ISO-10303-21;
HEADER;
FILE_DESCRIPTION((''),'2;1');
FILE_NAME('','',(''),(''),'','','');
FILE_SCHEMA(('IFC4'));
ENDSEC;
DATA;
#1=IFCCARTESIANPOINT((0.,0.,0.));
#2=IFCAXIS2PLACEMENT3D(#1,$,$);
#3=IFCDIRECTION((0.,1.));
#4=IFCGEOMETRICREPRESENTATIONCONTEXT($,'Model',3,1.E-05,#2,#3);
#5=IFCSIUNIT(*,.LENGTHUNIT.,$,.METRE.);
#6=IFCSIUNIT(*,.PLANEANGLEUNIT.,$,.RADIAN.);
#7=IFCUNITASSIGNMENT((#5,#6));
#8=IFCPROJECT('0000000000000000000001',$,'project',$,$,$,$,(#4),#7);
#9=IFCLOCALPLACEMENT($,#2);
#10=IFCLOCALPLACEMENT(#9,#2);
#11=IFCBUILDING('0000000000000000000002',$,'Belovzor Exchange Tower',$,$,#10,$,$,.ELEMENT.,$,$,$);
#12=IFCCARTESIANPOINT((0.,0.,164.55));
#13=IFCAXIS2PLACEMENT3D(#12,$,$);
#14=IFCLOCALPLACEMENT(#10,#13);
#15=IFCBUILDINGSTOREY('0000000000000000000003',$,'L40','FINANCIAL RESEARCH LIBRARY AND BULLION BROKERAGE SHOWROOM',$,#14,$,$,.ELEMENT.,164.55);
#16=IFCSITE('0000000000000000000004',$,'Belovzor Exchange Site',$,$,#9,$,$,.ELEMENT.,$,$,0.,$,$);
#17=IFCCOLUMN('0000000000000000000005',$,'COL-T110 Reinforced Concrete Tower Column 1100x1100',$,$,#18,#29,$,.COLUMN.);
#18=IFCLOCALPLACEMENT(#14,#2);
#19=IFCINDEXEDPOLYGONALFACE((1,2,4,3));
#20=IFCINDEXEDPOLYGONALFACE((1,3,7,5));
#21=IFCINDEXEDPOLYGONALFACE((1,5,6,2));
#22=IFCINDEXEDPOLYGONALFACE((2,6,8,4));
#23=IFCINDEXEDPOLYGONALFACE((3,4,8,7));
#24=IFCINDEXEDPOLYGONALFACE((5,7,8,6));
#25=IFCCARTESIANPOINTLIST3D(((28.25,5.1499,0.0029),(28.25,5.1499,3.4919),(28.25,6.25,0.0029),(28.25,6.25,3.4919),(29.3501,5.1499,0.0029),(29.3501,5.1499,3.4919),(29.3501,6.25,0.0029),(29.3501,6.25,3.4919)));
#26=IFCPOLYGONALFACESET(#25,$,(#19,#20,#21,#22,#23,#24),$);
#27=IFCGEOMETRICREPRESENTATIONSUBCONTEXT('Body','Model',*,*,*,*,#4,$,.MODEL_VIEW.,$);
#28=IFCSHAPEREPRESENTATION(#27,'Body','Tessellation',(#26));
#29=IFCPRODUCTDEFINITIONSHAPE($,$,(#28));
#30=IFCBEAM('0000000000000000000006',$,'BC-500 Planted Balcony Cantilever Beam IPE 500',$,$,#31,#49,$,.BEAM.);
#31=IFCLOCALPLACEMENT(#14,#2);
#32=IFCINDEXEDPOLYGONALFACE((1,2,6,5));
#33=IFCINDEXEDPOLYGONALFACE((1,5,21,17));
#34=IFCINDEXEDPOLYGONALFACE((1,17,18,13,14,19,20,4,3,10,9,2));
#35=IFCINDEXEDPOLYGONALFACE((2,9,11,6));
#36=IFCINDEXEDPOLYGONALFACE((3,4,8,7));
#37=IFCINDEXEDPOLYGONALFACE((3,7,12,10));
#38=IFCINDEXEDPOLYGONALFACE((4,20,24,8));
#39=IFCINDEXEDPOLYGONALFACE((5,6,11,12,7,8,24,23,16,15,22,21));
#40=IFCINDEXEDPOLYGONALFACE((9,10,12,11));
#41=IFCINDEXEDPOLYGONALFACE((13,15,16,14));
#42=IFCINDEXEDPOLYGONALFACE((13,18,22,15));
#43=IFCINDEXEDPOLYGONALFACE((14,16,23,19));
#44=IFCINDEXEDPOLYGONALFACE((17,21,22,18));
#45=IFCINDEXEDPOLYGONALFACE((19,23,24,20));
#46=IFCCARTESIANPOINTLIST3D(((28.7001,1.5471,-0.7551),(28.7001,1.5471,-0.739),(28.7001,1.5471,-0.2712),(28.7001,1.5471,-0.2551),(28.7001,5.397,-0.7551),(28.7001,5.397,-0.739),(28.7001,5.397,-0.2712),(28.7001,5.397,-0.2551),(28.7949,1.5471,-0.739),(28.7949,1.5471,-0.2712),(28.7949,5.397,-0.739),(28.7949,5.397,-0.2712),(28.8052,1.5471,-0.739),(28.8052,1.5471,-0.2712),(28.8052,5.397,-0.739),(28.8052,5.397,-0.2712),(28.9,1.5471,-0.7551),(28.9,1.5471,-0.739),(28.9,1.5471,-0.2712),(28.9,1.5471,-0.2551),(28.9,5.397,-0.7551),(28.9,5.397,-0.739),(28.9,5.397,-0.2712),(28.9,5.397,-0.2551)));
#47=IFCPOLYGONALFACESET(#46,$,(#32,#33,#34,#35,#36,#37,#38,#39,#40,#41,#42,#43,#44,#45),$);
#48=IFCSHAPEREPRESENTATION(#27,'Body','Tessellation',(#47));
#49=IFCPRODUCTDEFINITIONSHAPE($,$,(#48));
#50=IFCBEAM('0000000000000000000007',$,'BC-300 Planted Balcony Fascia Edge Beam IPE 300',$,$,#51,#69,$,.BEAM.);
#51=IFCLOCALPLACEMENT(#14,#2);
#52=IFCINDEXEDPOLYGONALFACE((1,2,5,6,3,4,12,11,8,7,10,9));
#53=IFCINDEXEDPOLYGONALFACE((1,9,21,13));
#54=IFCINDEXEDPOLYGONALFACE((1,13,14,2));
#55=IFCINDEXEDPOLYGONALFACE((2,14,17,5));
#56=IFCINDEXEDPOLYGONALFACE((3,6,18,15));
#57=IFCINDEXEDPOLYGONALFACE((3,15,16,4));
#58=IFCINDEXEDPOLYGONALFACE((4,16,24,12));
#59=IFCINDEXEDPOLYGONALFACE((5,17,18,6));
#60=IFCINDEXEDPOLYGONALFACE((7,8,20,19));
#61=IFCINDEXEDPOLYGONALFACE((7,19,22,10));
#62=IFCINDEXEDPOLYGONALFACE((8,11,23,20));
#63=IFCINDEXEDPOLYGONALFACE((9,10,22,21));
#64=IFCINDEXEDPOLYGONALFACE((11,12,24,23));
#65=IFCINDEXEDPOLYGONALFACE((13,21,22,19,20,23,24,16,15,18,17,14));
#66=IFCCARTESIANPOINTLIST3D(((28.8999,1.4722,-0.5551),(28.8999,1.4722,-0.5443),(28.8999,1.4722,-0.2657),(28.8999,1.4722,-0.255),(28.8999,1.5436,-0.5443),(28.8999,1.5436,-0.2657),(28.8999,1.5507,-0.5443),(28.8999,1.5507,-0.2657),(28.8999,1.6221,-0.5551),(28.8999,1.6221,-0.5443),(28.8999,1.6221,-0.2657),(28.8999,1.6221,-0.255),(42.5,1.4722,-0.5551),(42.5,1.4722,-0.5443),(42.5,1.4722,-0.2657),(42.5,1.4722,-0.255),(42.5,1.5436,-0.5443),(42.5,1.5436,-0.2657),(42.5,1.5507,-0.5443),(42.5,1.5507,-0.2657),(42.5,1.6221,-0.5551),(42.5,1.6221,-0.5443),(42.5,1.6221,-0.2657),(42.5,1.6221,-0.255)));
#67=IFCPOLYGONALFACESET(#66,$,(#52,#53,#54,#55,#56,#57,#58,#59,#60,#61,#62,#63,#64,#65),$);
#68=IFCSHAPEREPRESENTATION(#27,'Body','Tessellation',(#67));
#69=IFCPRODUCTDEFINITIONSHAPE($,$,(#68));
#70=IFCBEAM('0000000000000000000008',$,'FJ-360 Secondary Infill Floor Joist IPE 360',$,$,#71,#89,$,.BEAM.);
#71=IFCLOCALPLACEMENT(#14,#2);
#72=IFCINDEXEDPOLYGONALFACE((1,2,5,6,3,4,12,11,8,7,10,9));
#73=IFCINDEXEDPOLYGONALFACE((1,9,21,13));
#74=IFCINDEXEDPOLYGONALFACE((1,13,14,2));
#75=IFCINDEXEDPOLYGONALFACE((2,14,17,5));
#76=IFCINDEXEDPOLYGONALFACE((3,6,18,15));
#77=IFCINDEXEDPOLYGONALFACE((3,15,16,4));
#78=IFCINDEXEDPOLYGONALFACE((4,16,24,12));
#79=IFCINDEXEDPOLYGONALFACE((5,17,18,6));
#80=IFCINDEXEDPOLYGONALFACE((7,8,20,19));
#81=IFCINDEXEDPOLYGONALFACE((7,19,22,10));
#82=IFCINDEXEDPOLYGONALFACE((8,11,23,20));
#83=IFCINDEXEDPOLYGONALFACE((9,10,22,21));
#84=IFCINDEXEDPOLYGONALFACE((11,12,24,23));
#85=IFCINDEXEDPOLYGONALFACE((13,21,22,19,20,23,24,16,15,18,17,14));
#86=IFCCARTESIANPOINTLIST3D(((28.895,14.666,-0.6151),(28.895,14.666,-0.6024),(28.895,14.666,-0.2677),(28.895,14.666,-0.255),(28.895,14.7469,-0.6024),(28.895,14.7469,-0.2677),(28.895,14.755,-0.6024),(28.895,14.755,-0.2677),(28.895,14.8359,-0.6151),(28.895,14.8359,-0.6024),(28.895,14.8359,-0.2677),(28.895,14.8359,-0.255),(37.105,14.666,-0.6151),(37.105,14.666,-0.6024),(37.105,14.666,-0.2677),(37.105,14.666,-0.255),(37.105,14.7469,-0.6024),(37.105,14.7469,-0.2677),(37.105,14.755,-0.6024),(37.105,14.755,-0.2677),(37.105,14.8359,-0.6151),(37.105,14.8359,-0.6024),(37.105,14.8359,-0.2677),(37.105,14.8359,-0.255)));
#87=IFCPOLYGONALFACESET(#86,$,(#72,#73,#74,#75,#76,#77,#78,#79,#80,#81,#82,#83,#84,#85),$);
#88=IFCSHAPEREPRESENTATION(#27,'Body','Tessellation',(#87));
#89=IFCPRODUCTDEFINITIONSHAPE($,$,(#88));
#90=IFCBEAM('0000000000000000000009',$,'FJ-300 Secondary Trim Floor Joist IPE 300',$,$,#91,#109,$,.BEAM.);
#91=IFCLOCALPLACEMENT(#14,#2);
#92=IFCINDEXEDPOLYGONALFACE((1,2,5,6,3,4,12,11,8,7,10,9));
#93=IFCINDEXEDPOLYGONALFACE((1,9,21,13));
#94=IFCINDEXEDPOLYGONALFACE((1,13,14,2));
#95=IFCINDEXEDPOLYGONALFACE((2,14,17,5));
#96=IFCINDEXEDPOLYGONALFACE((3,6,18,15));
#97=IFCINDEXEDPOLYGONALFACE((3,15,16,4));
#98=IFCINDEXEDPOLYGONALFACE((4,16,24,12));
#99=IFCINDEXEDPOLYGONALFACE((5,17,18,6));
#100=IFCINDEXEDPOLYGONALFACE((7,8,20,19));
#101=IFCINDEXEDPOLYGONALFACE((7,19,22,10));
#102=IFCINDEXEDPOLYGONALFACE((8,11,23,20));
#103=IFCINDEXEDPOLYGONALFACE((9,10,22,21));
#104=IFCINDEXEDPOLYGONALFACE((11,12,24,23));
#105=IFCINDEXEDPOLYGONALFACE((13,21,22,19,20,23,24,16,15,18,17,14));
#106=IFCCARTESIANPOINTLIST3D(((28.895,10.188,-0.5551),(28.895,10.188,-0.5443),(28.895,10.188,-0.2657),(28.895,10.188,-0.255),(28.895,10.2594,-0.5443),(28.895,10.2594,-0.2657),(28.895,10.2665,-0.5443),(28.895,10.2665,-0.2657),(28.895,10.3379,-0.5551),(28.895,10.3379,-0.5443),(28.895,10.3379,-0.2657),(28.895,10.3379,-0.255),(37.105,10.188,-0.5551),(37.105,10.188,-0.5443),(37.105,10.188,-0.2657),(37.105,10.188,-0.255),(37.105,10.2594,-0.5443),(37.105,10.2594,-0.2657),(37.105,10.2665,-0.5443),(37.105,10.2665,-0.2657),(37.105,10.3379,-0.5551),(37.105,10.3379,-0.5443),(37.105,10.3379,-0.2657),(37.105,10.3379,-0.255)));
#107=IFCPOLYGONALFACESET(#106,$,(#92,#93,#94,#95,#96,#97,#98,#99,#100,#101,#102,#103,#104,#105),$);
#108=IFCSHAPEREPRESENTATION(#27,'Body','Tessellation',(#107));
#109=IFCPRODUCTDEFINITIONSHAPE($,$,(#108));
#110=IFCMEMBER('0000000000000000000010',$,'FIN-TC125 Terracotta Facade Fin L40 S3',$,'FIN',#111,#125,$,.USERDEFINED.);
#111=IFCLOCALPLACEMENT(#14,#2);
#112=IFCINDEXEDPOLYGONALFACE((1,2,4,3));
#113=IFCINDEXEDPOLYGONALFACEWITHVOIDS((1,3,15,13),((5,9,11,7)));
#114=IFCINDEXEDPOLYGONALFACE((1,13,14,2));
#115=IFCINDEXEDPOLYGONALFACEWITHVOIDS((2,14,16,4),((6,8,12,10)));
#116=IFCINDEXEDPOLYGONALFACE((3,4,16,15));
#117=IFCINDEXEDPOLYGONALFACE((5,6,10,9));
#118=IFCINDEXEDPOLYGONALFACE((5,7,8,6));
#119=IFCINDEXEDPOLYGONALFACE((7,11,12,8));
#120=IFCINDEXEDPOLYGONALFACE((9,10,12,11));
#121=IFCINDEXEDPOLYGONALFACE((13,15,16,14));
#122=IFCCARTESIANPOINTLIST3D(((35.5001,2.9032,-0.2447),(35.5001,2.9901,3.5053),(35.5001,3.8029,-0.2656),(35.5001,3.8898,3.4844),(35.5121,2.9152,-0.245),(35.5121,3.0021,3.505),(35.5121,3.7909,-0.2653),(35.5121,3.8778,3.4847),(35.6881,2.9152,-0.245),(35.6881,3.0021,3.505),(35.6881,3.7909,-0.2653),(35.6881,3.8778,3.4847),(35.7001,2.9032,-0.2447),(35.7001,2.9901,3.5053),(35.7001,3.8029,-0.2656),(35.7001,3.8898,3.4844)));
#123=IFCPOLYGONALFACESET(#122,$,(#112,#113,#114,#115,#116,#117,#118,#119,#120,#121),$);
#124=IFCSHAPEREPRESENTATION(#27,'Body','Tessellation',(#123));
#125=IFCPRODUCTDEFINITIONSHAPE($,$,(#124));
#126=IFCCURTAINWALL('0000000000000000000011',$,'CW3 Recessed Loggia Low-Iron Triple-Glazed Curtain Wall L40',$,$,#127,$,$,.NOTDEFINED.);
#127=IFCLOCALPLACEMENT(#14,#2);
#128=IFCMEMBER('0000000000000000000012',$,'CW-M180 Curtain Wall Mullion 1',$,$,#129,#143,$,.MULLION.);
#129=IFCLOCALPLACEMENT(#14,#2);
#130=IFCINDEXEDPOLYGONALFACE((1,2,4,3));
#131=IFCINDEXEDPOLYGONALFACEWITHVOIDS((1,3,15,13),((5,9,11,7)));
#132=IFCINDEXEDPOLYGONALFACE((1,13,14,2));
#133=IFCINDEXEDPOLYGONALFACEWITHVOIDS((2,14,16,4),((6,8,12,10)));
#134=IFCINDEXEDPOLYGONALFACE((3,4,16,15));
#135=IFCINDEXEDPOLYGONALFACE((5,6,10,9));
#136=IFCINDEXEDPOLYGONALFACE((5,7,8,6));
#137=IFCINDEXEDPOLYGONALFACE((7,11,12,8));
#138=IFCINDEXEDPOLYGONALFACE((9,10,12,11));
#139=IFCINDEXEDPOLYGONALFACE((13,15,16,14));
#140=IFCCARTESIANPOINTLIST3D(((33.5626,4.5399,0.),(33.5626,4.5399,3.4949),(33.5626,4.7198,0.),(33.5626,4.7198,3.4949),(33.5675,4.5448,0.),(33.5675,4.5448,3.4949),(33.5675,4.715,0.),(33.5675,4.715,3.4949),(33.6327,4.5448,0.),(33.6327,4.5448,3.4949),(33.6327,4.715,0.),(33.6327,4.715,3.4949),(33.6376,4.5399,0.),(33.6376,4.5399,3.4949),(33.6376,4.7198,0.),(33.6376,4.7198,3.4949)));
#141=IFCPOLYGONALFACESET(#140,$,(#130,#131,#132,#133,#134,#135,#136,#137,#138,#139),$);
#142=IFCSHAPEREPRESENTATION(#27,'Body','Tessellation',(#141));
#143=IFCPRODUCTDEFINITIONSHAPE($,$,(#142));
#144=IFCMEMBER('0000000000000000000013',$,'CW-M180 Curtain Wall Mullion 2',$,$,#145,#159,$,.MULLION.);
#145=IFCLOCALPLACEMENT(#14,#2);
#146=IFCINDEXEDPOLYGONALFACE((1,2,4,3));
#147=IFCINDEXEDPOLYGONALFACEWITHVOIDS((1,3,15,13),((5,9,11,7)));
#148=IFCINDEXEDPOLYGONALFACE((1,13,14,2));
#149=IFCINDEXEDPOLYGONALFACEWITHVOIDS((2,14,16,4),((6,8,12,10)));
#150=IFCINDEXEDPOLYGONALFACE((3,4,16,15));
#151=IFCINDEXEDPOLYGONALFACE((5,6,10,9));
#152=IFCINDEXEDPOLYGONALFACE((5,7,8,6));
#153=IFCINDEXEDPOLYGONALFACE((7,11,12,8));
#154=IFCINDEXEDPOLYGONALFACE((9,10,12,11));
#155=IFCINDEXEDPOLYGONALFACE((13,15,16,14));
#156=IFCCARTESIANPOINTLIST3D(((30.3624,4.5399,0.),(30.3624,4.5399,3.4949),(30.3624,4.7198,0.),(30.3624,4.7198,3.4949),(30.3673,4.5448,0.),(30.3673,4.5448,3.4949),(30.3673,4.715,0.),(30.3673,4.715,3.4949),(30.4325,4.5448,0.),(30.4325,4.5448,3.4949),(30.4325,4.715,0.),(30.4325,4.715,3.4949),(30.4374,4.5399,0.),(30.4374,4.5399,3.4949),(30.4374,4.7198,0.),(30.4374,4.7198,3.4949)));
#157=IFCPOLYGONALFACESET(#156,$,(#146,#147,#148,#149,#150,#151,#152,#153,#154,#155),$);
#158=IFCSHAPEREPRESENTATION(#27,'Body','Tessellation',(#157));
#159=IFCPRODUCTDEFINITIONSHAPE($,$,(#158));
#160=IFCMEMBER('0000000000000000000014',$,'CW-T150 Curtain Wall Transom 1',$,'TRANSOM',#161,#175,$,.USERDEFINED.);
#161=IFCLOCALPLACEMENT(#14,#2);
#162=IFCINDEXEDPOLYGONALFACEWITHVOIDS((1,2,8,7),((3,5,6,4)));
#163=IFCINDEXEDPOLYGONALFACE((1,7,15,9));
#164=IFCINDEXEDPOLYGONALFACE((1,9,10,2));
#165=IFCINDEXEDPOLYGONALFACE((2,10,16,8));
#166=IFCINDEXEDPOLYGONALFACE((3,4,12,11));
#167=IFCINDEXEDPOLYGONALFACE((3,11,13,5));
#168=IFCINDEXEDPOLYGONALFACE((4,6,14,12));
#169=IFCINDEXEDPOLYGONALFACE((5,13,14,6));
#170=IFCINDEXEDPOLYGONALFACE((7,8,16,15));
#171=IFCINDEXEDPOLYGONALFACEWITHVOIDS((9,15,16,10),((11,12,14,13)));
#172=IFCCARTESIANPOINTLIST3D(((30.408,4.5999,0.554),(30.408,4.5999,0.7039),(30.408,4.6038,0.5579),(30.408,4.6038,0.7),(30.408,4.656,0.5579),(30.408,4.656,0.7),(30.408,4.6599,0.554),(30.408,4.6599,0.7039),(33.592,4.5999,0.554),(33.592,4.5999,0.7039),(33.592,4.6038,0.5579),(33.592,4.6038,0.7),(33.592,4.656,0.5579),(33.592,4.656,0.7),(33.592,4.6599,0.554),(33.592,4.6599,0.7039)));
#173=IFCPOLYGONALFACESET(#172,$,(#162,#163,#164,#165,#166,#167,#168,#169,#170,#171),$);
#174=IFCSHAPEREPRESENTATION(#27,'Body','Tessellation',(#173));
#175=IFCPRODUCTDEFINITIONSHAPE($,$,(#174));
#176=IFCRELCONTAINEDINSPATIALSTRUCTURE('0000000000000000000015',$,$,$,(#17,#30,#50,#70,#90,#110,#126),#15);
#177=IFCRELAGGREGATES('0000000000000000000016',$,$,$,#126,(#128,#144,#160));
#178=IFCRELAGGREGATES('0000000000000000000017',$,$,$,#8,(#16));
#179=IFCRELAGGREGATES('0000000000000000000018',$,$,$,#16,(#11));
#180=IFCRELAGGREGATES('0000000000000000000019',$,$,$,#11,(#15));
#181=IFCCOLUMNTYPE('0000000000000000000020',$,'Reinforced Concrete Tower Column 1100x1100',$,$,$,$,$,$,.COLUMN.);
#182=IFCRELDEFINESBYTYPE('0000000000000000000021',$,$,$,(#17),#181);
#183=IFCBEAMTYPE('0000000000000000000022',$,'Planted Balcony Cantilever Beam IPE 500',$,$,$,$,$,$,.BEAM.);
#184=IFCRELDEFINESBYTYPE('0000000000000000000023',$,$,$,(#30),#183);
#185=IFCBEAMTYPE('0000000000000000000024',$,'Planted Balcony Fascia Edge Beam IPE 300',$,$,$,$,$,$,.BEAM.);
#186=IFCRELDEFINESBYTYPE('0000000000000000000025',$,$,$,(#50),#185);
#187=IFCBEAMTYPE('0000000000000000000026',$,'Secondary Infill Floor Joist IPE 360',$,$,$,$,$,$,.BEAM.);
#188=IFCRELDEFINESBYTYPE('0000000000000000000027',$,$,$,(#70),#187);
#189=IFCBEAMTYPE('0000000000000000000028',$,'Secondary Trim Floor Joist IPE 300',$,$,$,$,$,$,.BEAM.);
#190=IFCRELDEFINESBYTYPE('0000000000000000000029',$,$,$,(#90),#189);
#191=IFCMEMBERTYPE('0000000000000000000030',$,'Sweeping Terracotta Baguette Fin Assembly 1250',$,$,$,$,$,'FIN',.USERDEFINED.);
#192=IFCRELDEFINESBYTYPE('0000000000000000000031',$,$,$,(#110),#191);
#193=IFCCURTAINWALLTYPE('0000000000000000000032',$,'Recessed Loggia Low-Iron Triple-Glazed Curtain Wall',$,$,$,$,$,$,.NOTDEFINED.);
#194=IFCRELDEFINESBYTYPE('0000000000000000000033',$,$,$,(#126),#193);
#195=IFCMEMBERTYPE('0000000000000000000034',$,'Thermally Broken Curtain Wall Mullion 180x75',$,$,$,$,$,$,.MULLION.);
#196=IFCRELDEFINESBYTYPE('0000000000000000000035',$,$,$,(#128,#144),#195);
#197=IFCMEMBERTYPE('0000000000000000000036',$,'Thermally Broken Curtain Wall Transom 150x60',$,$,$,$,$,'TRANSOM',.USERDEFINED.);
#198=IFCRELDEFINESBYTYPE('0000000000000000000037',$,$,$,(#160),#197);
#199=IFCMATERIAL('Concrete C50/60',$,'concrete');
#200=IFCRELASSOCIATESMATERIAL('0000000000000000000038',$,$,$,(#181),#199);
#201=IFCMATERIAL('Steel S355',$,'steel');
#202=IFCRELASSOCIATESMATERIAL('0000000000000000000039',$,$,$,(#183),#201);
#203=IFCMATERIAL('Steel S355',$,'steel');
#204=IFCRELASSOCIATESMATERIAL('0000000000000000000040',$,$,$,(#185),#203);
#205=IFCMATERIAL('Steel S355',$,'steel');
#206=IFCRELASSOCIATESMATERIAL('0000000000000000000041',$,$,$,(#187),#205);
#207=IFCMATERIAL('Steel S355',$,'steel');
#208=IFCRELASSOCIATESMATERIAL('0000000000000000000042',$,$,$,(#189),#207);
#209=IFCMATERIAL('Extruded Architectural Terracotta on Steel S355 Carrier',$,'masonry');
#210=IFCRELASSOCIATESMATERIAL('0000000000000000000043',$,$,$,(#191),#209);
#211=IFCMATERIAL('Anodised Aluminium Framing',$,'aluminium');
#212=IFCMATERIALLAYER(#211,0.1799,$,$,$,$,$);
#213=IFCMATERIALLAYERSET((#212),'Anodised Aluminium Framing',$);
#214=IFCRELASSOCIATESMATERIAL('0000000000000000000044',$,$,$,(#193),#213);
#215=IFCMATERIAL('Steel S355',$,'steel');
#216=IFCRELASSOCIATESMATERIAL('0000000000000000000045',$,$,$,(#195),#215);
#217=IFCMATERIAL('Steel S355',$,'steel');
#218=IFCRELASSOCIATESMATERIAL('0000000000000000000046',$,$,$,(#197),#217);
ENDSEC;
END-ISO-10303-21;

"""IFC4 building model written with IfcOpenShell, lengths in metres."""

from ifc_helpers import new_model, si_unit, direction, frame, origin, origin_2d, place, context, subcontext, project, spatial, rectangle, hollow_rectangle, i_section, extrude, material, layer, layer_set, material_profile, profile_set, type_object, element, aggregate, save


model = new_model("IFC4")

# Units and contexts
model_context = context("Model", 3, precision=1e-05, world=origin(), true_north=direction((0.0, 1.0)))
body_context = subcontext(model_context, "Body", "Model", "MODEL_VIEW")
ifc_project = project(units=[si_unit("LENGTHUNIT", "METRE"), si_unit("PLANEANGLEUNIT", "RADIAN")], contexts=[model_context])

# Site, building, storey
site_placement = place(None, origin())
site = spatial("IfcSite", under=ifc_project, at=site_placement, Name="Belovzor Exchange Site", CompositionType="ELEMENT", RefElevation=0.0)
building_placement = place(site_placement, origin())
building = spatial("IfcBuilding", under=site, at=building_placement, Name="Belovzor Exchange Tower", CompositionType="ELEMENT")
storey_placement = place(building_placement, frame((0.0, 0.0, 164.55)))
storey = spatial("IfcBuildingStorey", under=building, at=storey_placement, Name="L40", Description="FINANCIAL RESEARCH LIBRARY AND BULLION BROKERAGE SHOWROOM", CompositionType="ELEMENT", Elevation=164.55)

# Column
ifc_material_1 = material(Name="Concrete C50/60", Category="concrete")
ifc_material_profile_1 = material_profile(ifc_material_1, rectangle(XDim=1.1001, YDim=1.1001, at=origin_2d()))
ifc_profile_set_1 = profile_set([ifc_material_profile_1], Name="Concrete C50/60")
column_type = type_object("IfcColumnType", Name="Reinforced Concrete Tower Column 1100x1100", PredefinedType="COLUMN", material=ifc_profile_set_1)
column_placement = place(storey_placement, frame((28.8, 5.7, 0.0029), z_axis=(0.0, 0.0, 1.0), x_axis=(1.0, 0.0, 0.0)))
element("IfcColumn", 1, at=column_placement, inside=storey, type_object=column_type, Name="COL-T110 Reinforced Concrete Tower Column 1100x1100", PredefinedType="COLUMN", context=body_context, shape_type="SweptSolid", body=[
    extrude(rectangle(XDim=1.1001, YDim=1.1001, at=origin_2d()), origin(), (0.0, 0.0, 1.0), 3.489),
])

# Beams
ifc_material_2 = material(Name="Steel S355", Category="steel")
ifc_material_profile_2 = material_profile(ifc_material_2, i_section(OverallWidth=0.2, OverallDepth=0.5, WebThickness=0.0103, FlangeThickness=0.0161, at=origin_2d()))
ifc_profile_set_2 = profile_set([ifc_material_profile_2], Name="Steel S355")
beam_type_1 = type_object("IfcBeamType", Name="Planted Balcony Cantilever Beam IPE 500", PredefinedType="BEAM", material=ifc_profile_set_2)
beam_1_placement = place(storey_placement, frame((28.8, 5.397, -0.5051), z_axis=(0.0, -1.0, 0.0), x_axis=(1.0, 0.0, 0.0)))
element("IfcBeam", 2, at=beam_1_placement, inside=storey, type_object=beam_type_1, Name="BC-500 Planted Balcony Cantilever Beam IPE 500", PredefinedType="BEAM", context=body_context, shape_type="SweptSolid", body=[
    extrude(i_section(OverallWidth=0.2, OverallDepth=0.5, WebThickness=0.0103, FlangeThickness=0.0161, at=origin_2d()), origin(), (0.0, 0.0, 1.0), 3.8499),
])
ifc_material_3 = material(Name="Steel S355", Category="steel")
ifc_material_profile_3 = material_profile(ifc_material_3, i_section(OverallWidth=0.1499, OverallDepth=0.3, WebThickness=0.0071, FlangeThickness=0.0107, at=origin_2d()))
ifc_profile_set_3 = profile_set([ifc_material_profile_3], Name="Steel S355")
beam_type_2 = type_object("IfcBeamType", Name="Planted Balcony Fascia Edge Beam IPE 300", PredefinedType="BEAM", material=ifc_profile_set_3)
beam_2_placement = place(storey_placement, frame((28.8999, 1.5471, -0.405), z_axis=(1.0, 0.0, 0.0), x_axis=(0.0, 1.0, 0.0)))
element("IfcBeam", 3, at=beam_2_placement, inside=storey, type_object=beam_type_2, Name="BC-300 Planted Balcony Fascia Edge Beam IPE 300", PredefinedType="BEAM", context=body_context, shape_type="SweptSolid", body=[
    extrude(i_section(OverallWidth=0.1499, OverallDepth=0.3, WebThickness=0.0071, FlangeThickness=0.0107, at=origin_2d()), origin(), (0.0, 0.0, 1.0), 13.6001),
])
ifc_material_4 = material(Name="Steel S355", Category="steel")
ifc_material_profile_4 = material_profile(ifc_material_4, i_section(OverallWidth=0.1699, OverallDepth=0.3601, WebThickness=0.0081, FlangeThickness=0.0127, at=origin_2d()))
ifc_profile_set_4 = profile_set([ifc_material_profile_4], Name="Steel S355")
beam_type_3 = type_object("IfcBeamType", Name="Secondary Infill Floor Joist IPE 360", PredefinedType="BEAM", material=ifc_profile_set_4)
beam_3_placement = place(storey_placement, frame((28.895, 14.751, -0.4351), z_axis=(1.0, 0.0, 0.0), x_axis=(0.0, 1.0, 0.0)))
element("IfcBeam", 4, at=beam_3_placement, inside=storey, type_object=beam_type_3, Name="FJ-360 Secondary Infill Floor Joist IPE 360", PredefinedType="BEAM", context=body_context, shape_type="SweptSolid", body=[
    extrude(i_section(OverallWidth=0.1699, OverallDepth=0.3601, WebThickness=0.0081, FlangeThickness=0.0127, at=origin_2d()), origin(), (0.0, 0.0, 1.0), 8.21),
])
ifc_material_5 = material(Name="Steel S355", Category="steel")
ifc_material_profile_5 = material_profile(ifc_material_5, i_section(OverallWidth=0.1499, OverallDepth=0.3, WebThickness=0.0071, FlangeThickness=0.0107, at=origin_2d()))
ifc_profile_set_5 = profile_set([ifc_material_profile_5], Name="Steel S355")
beam_type_4 = type_object("IfcBeamType", Name="Secondary Trim Floor Joist IPE 300", PredefinedType="BEAM", material=ifc_profile_set_5)
beam_4_placement = place(storey_placement, frame((28.895, 10.2629, -0.405), z_axis=(1.0, 0.0, 0.0), x_axis=(0.0, 1.0, 0.0)))
element("IfcBeam", 5, at=beam_4_placement, inside=storey, type_object=beam_type_4, Name="FJ-300 Secondary Trim Floor Joist IPE 300", PredefinedType="BEAM", context=body_context, shape_type="SweptSolid", body=[
    extrude(i_section(OverallWidth=0.1499, OverallDepth=0.3, WebThickness=0.0071, FlangeThickness=0.0107, at=origin_2d()), origin(), (0.0, 0.0, 1.0), 8.21),
])

# Member
ifc_material_6 = material(Name="Extruded Architectural Terracotta on Steel S355 Carrier", Category="masonry")
ifc_material_profile_6 = material_profile(ifc_material_6, hollow_rectangle(XDim=0.2, YDim=0.8999, WallThickness=0.012, at=origin_2d()))
ifc_profile_set_6 = profile_set([ifc_material_profile_6], Name="Extruded Architectural Terracotta on Steel S355 Carrier")
member_type_1 = type_object("IfcMemberType", Name="Sweeping Terracotta Baguette Fin Assembly 1250", ElementType="FIN", PredefinedType="USERDEFINED", material=ifc_profile_set_6)
member_1_placement = place(storey_placement, frame((35.6001, 3.353, -0.2551), z_axis=(0.0, 0.023171, 0.999732), x_axis=(-1.0, 0.0, 0.0)))
element("IfcMember", 6, at=member_1_placement, inside=storey, type_object=member_type_1, Name="FIN-TC125 Terracotta Facade Fin L40 S3", ObjectType="FIN", PredefinedType="USERDEFINED", context=body_context, shape_type="SweptSolid", body=[
    extrude(hollow_rectangle(XDim=0.2, YDim=0.8999, WallThickness=0.012, at=origin_2d()), origin(), (0.0, 0.0, 1.0), 3.751),
])

# Curtain wall, members
ifc_material_7 = material(Name="Anodised Aluminium Framing", Category="aluminium")
ifc_layer_1 = layer(ifc_material_7, 0.1799)
ifc_layer_set_1 = layer_set([ifc_layer_1], Name="Anodised Aluminium Framing")
curtain_wall_type = type_object("IfcCurtainWallType", Name="Recessed Loggia Low-Iron Triple-Glazed Curtain Wall", PredefinedType="NOTDEFINED", material=ifc_layer_set_1)
curtain_wall_placement = place(storey_placement, origin())
curtain_wall = element("IfcCurtainWall", 7, at=curtain_wall_placement, inside=storey, type_object=curtain_wall_type, Name="CW3 Recessed Loggia Low-Iron Triple-Glazed Curtain Wall L40", PredefinedType="NOTDEFINED")
ifc_material_8 = material(Name="Steel S355", Category="steel")
ifc_material_profile_7 = material_profile(ifc_material_8, hollow_rectangle(XDim=0.075, YDim=0.1799, WallThickness=0.0049, at=origin_2d()))
ifc_profile_set_7 = profile_set([ifc_material_profile_7], Name="Steel S355")
member_type_2 = type_object("IfcMemberType", Name="Thermally Broken Curtain Wall Mullion 180x75", PredefinedType="MULLION", material=ifc_profile_set_7)
member_2_placement = place(storey_placement, frame((33.6001, 4.6299, 0.0), z_axis=(0.0, 0.0, 1.0), x_axis=(-1.0, 0.0, 0.0)))
member_2 = element("IfcMember", 8, at=member_2_placement, type_object=member_type_2, Name="CW-M180 Curtain Wall Mullion 1", PredefinedType="MULLION", context=body_context, shape_type="SweptSolid", body=[
    extrude(hollow_rectangle(XDim=0.075, YDim=0.1799, WallThickness=0.0049, at=origin_2d()), origin(), (0.0, 0.0, 1.0), 3.4949),
])
member_3_placement = place(storey_placement, frame((30.3999, 4.6299, 0.0), z_axis=(0.0, 0.0, 1.0), x_axis=(-1.0, 0.0, 0.0)))
member_3 = element("IfcMember", 9, at=member_3_placement, type_object=member_type_2, Name="CW-M180 Curtain Wall Mullion 2", PredefinedType="MULLION", context=body_context, shape_type="SweptSolid", body=[
    extrude(hollow_rectangle(XDim=0.075, YDim=0.1799, WallThickness=0.0049, at=origin_2d()), origin(), (0.0, 0.0, 1.0), 3.4949),
])
ifc_material_9 = material(Name="Steel S355", Category="steel")
ifc_material_profile_8 = material_profile(ifc_material_9, hollow_rectangle(XDim=0.0601, YDim=0.1499, WallThickness=0.0039, at=origin_2d()))
ifc_profile_set_8 = profile_set([ifc_material_profile_8], Name="Steel S355")
member_type_3 = type_object("IfcMemberType", Name="Thermally Broken Curtain Wall Transom 150x60", ElementType="TRANSOM", PredefinedType="USERDEFINED", material=ifc_profile_set_8)
member_4_placement = place(storey_placement, frame((33.592, 4.6299, 0.6289), z_axis=(-1.0, 0.0, 0.0), x_axis=(0.0, -1.0, 0.0)))
member_4 = element("IfcMember", 10, at=member_4_placement, type_object=member_type_3, Name="CW-T150 Curtain Wall Transom 1", ObjectType="TRANSOM", PredefinedType="USERDEFINED", context=body_context, shape_type="SweptSolid", body=[
    extrude(hollow_rectangle(XDim=0.0601, YDim=0.1499, WallThickness=0.0039, at=origin_2d()), origin(), (0.0, 0.0, 1.0), 3.1841),
])

aggregate(curtain_wall, [member_2, member_3, member_4])

save(model, "model.ifc")
